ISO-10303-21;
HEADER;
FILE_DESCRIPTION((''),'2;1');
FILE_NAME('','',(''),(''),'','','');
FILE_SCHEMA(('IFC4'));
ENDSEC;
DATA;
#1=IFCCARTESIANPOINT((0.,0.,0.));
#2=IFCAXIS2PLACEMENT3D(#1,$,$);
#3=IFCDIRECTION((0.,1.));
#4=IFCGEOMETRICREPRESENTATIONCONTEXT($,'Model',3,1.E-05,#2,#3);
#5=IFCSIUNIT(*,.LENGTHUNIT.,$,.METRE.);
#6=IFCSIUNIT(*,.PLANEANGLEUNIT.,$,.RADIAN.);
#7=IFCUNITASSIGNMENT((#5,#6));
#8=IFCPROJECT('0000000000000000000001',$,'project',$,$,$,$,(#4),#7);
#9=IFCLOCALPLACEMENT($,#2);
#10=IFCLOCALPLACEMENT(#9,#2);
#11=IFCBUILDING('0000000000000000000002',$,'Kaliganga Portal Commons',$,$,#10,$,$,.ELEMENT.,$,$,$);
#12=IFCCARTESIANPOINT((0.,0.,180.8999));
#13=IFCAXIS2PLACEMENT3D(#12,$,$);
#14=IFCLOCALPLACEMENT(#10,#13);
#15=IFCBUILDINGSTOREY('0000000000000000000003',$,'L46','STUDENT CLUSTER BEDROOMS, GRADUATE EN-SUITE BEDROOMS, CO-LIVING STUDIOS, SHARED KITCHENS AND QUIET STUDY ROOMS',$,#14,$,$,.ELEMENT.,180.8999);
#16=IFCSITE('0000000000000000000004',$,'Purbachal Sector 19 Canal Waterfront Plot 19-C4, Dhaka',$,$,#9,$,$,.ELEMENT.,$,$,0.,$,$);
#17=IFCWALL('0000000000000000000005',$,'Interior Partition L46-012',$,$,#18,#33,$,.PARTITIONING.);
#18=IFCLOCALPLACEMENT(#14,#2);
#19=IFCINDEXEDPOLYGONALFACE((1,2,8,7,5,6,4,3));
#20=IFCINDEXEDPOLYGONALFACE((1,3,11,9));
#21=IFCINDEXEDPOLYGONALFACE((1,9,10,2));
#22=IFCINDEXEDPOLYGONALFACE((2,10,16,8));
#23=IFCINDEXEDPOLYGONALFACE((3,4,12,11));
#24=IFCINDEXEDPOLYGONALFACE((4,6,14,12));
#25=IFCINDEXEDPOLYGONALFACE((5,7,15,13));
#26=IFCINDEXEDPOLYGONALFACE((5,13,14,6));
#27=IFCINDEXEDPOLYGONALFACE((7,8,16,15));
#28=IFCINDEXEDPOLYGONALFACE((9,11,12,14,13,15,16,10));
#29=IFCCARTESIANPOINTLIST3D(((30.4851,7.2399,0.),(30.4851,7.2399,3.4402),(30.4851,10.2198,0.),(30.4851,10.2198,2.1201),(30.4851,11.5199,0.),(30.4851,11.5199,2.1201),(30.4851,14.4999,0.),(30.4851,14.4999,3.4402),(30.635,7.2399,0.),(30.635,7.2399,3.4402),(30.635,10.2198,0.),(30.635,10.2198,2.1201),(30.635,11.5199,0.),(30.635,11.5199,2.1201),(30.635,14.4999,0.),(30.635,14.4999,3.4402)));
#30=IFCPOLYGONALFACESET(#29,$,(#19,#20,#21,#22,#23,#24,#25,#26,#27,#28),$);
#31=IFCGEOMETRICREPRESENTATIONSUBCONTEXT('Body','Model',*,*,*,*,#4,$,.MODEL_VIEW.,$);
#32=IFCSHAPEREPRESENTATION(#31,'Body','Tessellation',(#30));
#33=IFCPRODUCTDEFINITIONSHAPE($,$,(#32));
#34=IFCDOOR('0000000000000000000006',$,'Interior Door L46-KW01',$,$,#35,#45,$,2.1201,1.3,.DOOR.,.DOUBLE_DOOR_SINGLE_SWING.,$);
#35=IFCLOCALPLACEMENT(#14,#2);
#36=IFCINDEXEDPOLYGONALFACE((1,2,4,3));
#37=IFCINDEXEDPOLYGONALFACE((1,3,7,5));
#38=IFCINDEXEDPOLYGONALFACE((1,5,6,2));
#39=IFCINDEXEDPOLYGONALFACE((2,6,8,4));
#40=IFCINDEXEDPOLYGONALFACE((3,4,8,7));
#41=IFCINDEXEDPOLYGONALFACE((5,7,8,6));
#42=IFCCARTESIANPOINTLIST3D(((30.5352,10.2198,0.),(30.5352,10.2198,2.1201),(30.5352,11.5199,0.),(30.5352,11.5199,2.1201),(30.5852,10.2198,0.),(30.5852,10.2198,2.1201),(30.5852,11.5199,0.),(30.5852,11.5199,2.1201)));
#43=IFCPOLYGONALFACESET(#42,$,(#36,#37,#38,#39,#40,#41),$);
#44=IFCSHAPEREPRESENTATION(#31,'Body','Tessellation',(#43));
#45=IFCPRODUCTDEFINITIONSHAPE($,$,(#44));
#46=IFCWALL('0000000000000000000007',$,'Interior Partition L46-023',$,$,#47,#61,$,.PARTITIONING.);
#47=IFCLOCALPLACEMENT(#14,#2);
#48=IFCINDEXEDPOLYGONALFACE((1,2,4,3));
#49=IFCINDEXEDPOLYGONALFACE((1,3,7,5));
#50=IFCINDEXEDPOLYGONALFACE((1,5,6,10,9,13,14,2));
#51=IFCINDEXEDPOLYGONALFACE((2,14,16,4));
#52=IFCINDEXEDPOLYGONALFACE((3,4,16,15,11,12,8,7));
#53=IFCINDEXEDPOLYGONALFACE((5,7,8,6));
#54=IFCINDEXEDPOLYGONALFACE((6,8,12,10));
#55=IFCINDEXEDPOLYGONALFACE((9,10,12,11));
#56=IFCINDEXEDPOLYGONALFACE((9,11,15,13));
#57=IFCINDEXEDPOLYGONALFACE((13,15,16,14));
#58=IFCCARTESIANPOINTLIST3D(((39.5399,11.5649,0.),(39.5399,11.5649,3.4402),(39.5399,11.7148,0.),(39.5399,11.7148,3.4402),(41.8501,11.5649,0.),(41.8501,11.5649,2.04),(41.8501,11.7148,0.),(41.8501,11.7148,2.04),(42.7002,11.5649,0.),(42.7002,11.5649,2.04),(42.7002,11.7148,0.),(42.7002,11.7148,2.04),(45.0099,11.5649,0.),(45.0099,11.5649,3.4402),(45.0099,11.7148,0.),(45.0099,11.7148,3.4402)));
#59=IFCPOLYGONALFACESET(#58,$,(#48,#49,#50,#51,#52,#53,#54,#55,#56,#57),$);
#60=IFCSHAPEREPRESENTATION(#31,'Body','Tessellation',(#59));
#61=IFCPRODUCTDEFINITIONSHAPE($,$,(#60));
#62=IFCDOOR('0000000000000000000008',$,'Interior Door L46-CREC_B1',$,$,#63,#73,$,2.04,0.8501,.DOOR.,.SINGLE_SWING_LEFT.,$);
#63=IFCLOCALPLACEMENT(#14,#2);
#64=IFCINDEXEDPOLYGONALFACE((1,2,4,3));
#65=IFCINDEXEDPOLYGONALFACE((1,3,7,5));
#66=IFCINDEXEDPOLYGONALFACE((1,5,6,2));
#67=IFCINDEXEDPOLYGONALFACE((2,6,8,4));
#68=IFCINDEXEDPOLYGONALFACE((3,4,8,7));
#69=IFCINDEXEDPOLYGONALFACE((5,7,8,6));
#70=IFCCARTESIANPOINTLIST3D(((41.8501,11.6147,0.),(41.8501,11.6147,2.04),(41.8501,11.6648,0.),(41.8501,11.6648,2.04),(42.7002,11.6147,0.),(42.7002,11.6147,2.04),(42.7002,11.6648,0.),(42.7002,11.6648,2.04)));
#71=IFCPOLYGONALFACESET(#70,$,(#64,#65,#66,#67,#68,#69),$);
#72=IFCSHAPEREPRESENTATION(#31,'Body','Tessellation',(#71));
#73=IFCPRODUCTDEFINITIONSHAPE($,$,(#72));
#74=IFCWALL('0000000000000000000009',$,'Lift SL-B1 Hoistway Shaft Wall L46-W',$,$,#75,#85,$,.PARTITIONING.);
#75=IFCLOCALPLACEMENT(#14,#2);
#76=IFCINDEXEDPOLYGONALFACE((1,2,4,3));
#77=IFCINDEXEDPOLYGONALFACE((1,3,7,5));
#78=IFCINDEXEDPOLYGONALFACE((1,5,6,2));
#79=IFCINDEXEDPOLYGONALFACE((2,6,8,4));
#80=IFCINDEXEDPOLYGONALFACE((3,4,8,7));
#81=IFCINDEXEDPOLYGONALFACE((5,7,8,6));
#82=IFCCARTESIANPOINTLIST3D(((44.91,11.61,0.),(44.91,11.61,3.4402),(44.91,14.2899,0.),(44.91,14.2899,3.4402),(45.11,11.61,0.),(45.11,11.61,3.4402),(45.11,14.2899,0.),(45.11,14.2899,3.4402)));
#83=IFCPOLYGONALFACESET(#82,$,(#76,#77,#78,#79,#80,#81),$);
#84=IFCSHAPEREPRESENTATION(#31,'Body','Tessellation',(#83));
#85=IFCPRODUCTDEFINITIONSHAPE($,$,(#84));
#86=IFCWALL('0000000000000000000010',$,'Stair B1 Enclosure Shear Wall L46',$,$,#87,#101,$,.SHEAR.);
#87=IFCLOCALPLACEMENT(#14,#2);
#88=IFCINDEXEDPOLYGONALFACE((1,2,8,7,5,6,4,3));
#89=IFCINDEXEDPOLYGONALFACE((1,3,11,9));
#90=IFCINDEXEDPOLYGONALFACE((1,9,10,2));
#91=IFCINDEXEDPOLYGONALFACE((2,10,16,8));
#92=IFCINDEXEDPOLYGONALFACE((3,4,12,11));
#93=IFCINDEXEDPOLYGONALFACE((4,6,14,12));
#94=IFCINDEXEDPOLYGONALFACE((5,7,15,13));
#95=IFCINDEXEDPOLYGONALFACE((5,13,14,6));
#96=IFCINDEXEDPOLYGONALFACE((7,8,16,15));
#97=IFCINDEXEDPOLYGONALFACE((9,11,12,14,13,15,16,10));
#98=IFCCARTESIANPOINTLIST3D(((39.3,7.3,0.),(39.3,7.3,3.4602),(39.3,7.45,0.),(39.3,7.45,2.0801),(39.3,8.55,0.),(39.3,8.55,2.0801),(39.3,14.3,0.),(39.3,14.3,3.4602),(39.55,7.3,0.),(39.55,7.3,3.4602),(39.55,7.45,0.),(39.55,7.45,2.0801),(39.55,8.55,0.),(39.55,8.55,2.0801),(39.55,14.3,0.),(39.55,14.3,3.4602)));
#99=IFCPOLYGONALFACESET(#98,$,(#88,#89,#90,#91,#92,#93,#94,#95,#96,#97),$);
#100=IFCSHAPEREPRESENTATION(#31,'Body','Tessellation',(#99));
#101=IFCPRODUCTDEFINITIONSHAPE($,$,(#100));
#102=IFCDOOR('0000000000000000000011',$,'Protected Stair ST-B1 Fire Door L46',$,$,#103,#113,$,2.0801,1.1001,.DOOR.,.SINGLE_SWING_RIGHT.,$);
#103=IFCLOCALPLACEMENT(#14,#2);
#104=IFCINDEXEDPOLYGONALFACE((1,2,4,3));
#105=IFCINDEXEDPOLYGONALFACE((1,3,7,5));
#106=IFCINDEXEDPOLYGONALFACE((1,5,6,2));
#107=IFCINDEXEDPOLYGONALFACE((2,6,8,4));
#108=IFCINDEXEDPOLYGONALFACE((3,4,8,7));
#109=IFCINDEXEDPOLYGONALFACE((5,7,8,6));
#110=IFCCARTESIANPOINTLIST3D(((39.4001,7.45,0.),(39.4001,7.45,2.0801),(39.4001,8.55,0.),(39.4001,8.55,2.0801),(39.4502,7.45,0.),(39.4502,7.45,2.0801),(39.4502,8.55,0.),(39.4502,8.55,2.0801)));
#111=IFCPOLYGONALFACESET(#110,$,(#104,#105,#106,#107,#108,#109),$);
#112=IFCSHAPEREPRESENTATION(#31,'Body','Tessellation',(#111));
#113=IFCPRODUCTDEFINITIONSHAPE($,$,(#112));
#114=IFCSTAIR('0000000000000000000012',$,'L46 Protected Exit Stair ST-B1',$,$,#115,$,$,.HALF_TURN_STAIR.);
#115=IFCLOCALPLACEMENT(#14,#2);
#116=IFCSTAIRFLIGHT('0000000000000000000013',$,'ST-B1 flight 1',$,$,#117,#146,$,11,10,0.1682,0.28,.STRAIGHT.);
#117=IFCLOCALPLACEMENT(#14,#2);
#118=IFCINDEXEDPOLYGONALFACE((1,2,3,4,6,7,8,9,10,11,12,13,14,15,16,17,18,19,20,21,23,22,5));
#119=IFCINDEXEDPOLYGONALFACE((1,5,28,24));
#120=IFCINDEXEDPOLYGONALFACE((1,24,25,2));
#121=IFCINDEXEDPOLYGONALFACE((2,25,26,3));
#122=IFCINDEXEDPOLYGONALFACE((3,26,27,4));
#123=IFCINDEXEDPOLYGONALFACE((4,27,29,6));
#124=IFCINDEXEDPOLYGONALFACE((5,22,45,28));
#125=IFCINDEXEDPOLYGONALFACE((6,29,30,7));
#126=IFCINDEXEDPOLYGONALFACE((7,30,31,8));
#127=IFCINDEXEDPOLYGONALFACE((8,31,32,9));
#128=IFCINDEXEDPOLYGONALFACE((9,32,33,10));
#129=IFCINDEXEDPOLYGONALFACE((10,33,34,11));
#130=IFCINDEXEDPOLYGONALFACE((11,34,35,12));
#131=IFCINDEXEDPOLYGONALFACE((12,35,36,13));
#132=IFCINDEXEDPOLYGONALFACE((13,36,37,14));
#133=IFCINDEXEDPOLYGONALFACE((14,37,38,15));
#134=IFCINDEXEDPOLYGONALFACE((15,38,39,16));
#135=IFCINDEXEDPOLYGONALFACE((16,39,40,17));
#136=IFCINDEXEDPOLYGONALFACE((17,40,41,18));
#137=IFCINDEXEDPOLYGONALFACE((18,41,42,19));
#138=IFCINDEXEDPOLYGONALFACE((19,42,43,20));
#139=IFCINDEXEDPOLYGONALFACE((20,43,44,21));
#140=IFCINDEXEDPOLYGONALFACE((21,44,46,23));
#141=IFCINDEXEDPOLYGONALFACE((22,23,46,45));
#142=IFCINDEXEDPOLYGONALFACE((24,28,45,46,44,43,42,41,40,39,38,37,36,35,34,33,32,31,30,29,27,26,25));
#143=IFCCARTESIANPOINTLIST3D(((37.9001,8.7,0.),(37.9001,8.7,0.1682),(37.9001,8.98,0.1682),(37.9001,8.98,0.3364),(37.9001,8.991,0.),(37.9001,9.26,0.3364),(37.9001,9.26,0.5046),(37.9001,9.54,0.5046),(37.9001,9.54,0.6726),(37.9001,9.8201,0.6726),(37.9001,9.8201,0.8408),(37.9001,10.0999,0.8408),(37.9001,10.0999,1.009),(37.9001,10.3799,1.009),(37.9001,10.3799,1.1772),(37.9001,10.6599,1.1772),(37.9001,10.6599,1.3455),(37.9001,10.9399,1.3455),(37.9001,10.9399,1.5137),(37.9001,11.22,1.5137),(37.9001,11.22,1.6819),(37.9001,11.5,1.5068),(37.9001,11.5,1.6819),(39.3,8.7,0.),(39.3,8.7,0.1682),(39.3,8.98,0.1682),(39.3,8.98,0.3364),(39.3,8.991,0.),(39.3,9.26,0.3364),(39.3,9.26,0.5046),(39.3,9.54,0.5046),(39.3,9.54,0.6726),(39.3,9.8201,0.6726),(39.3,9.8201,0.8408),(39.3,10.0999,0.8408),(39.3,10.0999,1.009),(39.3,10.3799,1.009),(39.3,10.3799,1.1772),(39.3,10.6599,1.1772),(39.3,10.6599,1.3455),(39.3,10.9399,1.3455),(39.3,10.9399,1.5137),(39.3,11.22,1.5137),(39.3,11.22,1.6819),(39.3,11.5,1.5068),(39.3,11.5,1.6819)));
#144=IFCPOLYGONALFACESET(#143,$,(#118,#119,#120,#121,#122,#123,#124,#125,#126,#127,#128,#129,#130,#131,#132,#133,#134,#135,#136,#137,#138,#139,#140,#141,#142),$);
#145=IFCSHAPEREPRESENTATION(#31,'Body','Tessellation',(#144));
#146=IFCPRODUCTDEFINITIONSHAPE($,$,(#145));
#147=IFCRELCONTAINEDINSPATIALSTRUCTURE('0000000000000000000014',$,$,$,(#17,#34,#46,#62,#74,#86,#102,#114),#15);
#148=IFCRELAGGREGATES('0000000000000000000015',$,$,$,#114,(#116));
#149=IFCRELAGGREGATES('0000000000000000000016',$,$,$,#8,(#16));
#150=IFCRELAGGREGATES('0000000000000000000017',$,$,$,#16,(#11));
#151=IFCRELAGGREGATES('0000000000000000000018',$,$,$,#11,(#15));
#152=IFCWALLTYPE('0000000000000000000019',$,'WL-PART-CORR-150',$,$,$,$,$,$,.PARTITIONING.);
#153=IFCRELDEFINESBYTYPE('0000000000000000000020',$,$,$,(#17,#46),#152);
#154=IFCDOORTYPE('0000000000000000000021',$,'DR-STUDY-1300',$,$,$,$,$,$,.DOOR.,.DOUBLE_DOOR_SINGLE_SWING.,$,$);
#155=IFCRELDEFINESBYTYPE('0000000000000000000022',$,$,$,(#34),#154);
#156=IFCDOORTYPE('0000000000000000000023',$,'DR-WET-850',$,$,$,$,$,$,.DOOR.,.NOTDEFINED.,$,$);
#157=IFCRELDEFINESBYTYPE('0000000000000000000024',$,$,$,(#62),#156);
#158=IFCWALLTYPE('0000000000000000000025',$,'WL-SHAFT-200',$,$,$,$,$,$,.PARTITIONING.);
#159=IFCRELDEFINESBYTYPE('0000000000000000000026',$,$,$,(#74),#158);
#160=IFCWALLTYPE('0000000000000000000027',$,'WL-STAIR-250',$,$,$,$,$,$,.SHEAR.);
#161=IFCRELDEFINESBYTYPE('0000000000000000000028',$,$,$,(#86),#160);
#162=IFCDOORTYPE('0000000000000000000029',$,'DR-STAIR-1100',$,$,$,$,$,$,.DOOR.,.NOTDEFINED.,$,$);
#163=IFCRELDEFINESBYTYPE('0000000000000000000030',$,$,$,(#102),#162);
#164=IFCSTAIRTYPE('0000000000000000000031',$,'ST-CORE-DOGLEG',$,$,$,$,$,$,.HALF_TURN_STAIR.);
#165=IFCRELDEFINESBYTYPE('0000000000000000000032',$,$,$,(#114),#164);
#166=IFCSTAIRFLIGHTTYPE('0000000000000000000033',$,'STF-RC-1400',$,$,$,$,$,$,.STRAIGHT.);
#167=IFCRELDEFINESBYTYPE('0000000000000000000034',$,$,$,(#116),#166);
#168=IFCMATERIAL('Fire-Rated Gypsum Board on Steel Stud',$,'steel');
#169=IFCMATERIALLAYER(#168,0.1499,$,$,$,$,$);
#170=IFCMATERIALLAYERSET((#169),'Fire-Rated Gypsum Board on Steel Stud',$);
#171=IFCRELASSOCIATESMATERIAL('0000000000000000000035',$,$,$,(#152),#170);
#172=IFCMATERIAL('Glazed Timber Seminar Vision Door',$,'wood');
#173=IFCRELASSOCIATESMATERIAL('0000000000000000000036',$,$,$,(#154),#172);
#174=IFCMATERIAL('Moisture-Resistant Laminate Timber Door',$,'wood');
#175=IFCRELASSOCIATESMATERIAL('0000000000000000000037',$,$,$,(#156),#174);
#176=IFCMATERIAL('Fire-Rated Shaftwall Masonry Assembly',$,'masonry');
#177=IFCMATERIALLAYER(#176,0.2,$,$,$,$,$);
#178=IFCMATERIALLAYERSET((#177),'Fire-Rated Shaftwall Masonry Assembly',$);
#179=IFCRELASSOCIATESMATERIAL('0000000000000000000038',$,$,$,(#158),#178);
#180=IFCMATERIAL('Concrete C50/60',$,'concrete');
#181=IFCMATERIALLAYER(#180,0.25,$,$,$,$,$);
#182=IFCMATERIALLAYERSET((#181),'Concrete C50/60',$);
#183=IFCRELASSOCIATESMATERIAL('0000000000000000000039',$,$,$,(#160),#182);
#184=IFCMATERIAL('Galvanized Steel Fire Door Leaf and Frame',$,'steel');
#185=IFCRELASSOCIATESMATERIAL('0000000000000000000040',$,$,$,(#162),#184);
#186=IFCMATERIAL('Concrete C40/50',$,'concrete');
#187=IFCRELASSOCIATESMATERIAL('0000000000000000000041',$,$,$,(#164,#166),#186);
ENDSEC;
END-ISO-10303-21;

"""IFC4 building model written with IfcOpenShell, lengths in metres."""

from ifc_helpers import new_model, si_unit, direction, frame, frame_2d, origin, place, context, subcontext, project, spatial, polyline, rectangle, outline, extrude, material, layer, layer_set, type_object, element, fill, aggregate, save


model = new_model("IFC4")

# Units and contexts
model_context = context("Model", 3, precision=1e-05, world=origin(), true_north=direction((0.0, 1.0)))
body_context = subcontext(model_context, "Body", "Model", "MODEL_VIEW")
ifc_project = project(units=[si_unit("LENGTHUNIT", "METRE"), si_unit("PLANEANGLEUNIT", "RADIAN")], contexts=[model_context])

# Site, building, storey
site_placement = place(None, origin())
site = spatial("IfcSite", under=ifc_project, at=site_placement, Name="Purbachal Sector 19 Canal Waterfront Plot 19-C4, Dhaka", CompositionType="ELEMENT", RefElevation=0.0)
building_placement = place(site_placement, origin())
building = spatial("IfcBuilding", under=site, at=building_placement, Name="Kaliganga Portal Commons", CompositionType="ELEMENT")
storey_placement = place(building_placement, frame((0.0, 0.0, 180.8999)))
storey = spatial("IfcBuildingStorey", under=building, at=storey_placement, Name="L46", Description="STUDENT CLUSTER BEDROOMS, GRADUATE EN-SUITE BEDROOMS, CO-LIVING STUDIOS, SHARED KITCHENS AND QUIET STUDY ROOMS", CompositionType="ELEMENT", Elevation=180.8999)

# Shared definitions
ifc_material_1 = material(Name="Concrete C50/60", Category="concrete")

# Walls, openings, doors
ifc_material_2 = material(Name="Fire-Rated Gypsum Board on Steel Stud", Category="steel")
ifc_layer_1 = layer(ifc_material_2, 0.1499)
ifc_layer_set_1 = layer_set([ifc_layer_1], Name="Fire-Rated Gypsum Board on Steel Stud")
wall_type_1 = type_object("IfcWallType", Name="WL-PART-CORR-150", PredefinedType="PARTITIONING", material=ifc_layer_set_1)
wall_1_placement = place(storey_placement, frame((30.5601, 7.24, 0.0), z_axis=(0.0, 0.0, 1.0), x_axis=(0.0, 1.0, 0.0)))
wall_1 = element("IfcWall", 1, at=wall_1_placement, inside=storey, type_object=wall_type_1, Name="Interior Partition L46-012", PredefinedType="PARTITIONING", context=body_context, shape_type="SweptSolid", body=[
    extrude(rectangle(XDim=7.26, YDim=0.1499, at=frame_2d((3.6299, 0.0))), origin(), (0.0, 0.0, 1.0), 3.4402),
])
opening_1_placement = place(wall_1_placement, frame((2.98, 0.0, 0.0)))
opening_1 = element("IfcOpeningElement", 2, at=opening_1_placement, cuts=wall_1, PredefinedType="OPENING", context=body_context, shape_type="SweptSolid", body=[
    extrude(rectangle(XDim=1.3, YDim=2.1201, at=frame_2d((0.6499, 1.0601))), frame((0.0, 0.085, 0.0), z_axis=(0.0, -1.0, 0.0), x_axis=(1.0, 0.0, 0.0)), (0.0, 0.0, 1.0), 0.1699),
])
ifc_material_3 = material(Name="Glazed Timber Seminar Vision Door", Category="wood")
door_type_1 = type_object("IfcDoorType", Name="DR-STUDY-1300", OperationType="DOUBLE_DOOR_SINGLE_SWING", PredefinedType="DOOR", material=ifc_material_3)
door_1_placement = place(opening_1_placement, origin())
door_1 = element("IfcDoor", 3, at=door_1_placement, inside=storey, type_object=door_type_1, Name="Interior Door L46-KW01", OperationType="DOUBLE_DOOR_SINGLE_SWING", OverallHeight=2.1201, OverallWidth=1.3, PredefinedType="DOOR", context=body_context, shape_type="SweptSolid", body=[
    extrude(rectangle(XDim=1.3, YDim=2.1201, at=frame_2d((0.6499, 1.0601))), frame((0.0, 0.0249, 0.0), z_axis=(0.0, -1.0, 0.0), x_axis=(1.0, 0.0, 0.0)), (0.0, 0.0, 1.0), 0.05),
])
fill(opening_1, door_1)
wall_2_placement = place(storey_placement, frame((39.54, 11.6399, 0.0), z_axis=(0.0, 0.0, 1.0), x_axis=(1.0, 0.0, 0.0)))
wall_2 = element("IfcWall", 4, at=wall_2_placement, inside=storey, type_object=wall_type_1, Name="Interior Partition L46-023", PredefinedType="PARTITIONING", context=body_context, shape_type="SweptSolid", body=[
    extrude(rectangle(XDim=5.47, YDim=0.1499, at=frame_2d((2.7349, 0.0))), origin(), (0.0, 0.0, 1.0), 3.4402),
])
opening_2_placement = place(wall_2_placement, frame((2.3101, 0.0, 0.0)))
opening_2 = element("IfcOpeningElement", 5, at=opening_2_placement, cuts=wall_2, PredefinedType="OPENING", context=body_context, shape_type="SweptSolid", body=[
    extrude(rectangle(XDim=0.8501, YDim=2.04, at=frame_2d((0.425, 1.02))), frame((0.0, 0.085, 0.0), z_axis=(0.0, -1.0, 0.0), x_axis=(1.0, 0.0, 0.0)), (0.0, 0.0, 1.0), 0.1699),
])
ifc_material_4 = material(Name="Moisture-Resistant Laminate Timber Door", Category="wood")
door_type_2 = type_object("IfcDoorType", Name="DR-WET-850", OperationType="NOTDEFINED", PredefinedType="DOOR", material=ifc_material_4)
door_2_placement = place(opening_2_placement, origin())
door_2 = element("IfcDoor", 6, at=door_2_placement, inside=storey, type_object=door_type_2, Name="Interior Door L46-CREC_B1", OperationType="SINGLE_SWING_LEFT", OverallHeight=2.04, OverallWidth=0.8501, PredefinedType="DOOR", context=body_context, shape_type="SweptSolid", body=[
    extrude(rectangle(XDim=0.8501, YDim=2.04, at=frame_2d((0.425, 1.02))), frame((0.0, 0.0249, 0.0), z_axis=(0.0, -1.0, 0.0), x_axis=(1.0, 0.0, 0.0)), (0.0, 0.0, 1.0), 0.05),
])
fill(opening_2, door_2)

# Wall
ifc_material_5 = material(Name="Fire-Rated Shaftwall Masonry Assembly", Category="masonry")
ifc_layer_2 = layer(ifc_material_5, 0.2)
ifc_layer_set_2 = layer_set([ifc_layer_2], Name="Fire-Rated Shaftwall Masonry Assembly")
wall_type_2 = type_object("IfcWallType", Name="WL-SHAFT-200", PredefinedType="PARTITIONING", material=ifc_layer_set_2)
wall_3_placement = place(storey_placement, frame((45.01, 11.6101, 0.0), z_axis=(0.0, 0.0, 1.0), x_axis=(0.0, 1.0, 0.0)))
element("IfcWall", 7, at=wall_3_placement, inside=storey, type_object=wall_type_2, Name="Lift SL-B1 Hoistway Shaft Wall L46-W", PredefinedType="PARTITIONING", context=body_context, shape_type="SweptSolid", body=[
    extrude(rectangle(XDim=2.6799, YDim=0.2, at=frame_2d((1.3398, 0.0))), origin(), (0.0, 0.0, 1.0), 3.4402),
])

# Wall, opening, door
ifc_layer_3 = layer(ifc_material_1, 0.25)
ifc_layer_set_3 = layer_set([ifc_layer_3], Name="Concrete C50/60")
wall_type_3 = type_object("IfcWallType", Name="WL-STAIR-250", PredefinedType="SHEAR", material=ifc_layer_set_3)
wall_4_placement = place(storey_placement, frame((39.425, 7.3, 0.0), z_axis=(0.0, 0.0, 1.0), x_axis=(0.0, 1.0, 0.0)))
wall_4 = element("IfcWall", 8, at=wall_4_placement, inside=storey, type_object=wall_type_3, Name="Stair B1 Enclosure Shear Wall L46", PredefinedType="SHEAR", context=body_context, shape_type="SweptSolid", body=[
    extrude(rectangle(XDim=7.0, YDim=0.25, at=frame_2d((3.5, 0.0))), origin(), (0.0, 0.0, 1.0), 3.4602),
])
opening_3_placement = place(wall_4_placement, frame((0.1499, 0.0, 0.0)))
opening_3 = element("IfcOpeningElement", 9, at=opening_3_placement, cuts=wall_4, PredefinedType="OPENING", context=body_context, shape_type="SweptSolid", body=[
    extrude(rectangle(XDim=1.1001, YDim=2.0801, at=frame_2d((0.55, 1.04))), frame((0.0, 0.135, 0.0), z_axis=(0.0, -1.0, 0.0), x_axis=(1.0, 0.0, 0.0)), (0.0, 0.0, 1.0), 0.27),
])
ifc_material_6 = material(Name="Galvanized Steel Fire Door Leaf and Frame", Category="steel")
door_type_3 = type_object("IfcDoorType", Name="DR-STAIR-1100", OperationType="NOTDEFINED", PredefinedType="DOOR", material=ifc_material_6)
door_3_placement = place(opening_3_placement, origin())
door_3 = element("IfcDoor", 10, at=door_3_placement, inside=storey, type_object=door_type_3, Name="Protected Stair ST-B1 Fire Door L46", OperationType="SINGLE_SWING_RIGHT", OverallHeight=2.0801, OverallWidth=1.1001, PredefinedType="DOOR", context=body_context, shape_type="SweptSolid", body=[
    extrude(rectangle(XDim=1.1001, YDim=2.0801, at=frame_2d((0.55, 1.04))), frame((0.0, 0.0249, 0.0), z_axis=(0.0, -1.0, 0.0), x_axis=(1.0, 0.0, 0.0)), (0.0, 0.0, 1.0), 0.05),
])
fill(opening_3, door_3)

# Stair, stair flight
ifc_material_7 = material(Name="Concrete C40/50", Category="concrete")
stair_type = type_object("IfcStairType", Name="ST-CORE-DOGLEG", PredefinedType="HALF_TURN_STAIR", material=ifc_material_7)
stair_placement = place(storey_placement, origin())
stair = element("IfcStair", 11, at=stair_placement, inside=storey, type_object=stair_type, Name="L46 Protected Exit Stair ST-B1", PredefinedType="HALF_TURN_STAIR")
stair_flight_type = type_object("IfcStairFlightType", Name="STF-RC-1400", PredefinedType="STRAIGHT", material=ifc_material_7)
stair_flight_1_placement = place(storey_placement, frame((38.6001, 8.7, 0.0), z_axis=(0.0, 0.0, 1.0), x_axis=(0.0, 1.0, 0.0)))
stair_flight_1 = element("IfcStairFlight", 12, at=stair_flight_1_placement, type_object=stair_flight_type, Name="ST-B1 flight 1", NumberOfRisers=11, NumberOfTreads=10, PredefinedType="STRAIGHT", RiserHeight=0.1682, TreadLength=0.28, context=body_context, shape_type="SweptSolid", body=[
    extrude(outline(polyline([(0.0, 0.0), (0.0, 0.1682), (0.28, 0.1682), (0.28, 0.3364), (0.5601, 0.3364), (0.5601, 0.5046), (0.8401, 0.5046), (0.8401, 0.6726), (1.1201, 0.6726), (1.1201, 0.8408), (1.3999, 0.8408), (1.3999, 1.009), (1.6799, 1.009), (1.6799, 1.1772), (1.96, 1.1772), (1.96, 1.3455), (2.24, 1.3455), (2.24, 1.5137), (2.52, 1.5137), (2.52, 1.6819), (2.8, 1.6819), (2.8, 1.8501), (2.8, 1.5068), (0.291, 0.0), (0.0, 0.0)])), frame((0.0, 0.7, 0.0), z_axis=(0.0, -1.0, 0.0), x_axis=(1.0, 0.0, 0.0)), (0.0, 0.0, 1.0), 1.3999),
])
aggregate(stair, [stair_flight_1])

save(model, "model.ifc")
